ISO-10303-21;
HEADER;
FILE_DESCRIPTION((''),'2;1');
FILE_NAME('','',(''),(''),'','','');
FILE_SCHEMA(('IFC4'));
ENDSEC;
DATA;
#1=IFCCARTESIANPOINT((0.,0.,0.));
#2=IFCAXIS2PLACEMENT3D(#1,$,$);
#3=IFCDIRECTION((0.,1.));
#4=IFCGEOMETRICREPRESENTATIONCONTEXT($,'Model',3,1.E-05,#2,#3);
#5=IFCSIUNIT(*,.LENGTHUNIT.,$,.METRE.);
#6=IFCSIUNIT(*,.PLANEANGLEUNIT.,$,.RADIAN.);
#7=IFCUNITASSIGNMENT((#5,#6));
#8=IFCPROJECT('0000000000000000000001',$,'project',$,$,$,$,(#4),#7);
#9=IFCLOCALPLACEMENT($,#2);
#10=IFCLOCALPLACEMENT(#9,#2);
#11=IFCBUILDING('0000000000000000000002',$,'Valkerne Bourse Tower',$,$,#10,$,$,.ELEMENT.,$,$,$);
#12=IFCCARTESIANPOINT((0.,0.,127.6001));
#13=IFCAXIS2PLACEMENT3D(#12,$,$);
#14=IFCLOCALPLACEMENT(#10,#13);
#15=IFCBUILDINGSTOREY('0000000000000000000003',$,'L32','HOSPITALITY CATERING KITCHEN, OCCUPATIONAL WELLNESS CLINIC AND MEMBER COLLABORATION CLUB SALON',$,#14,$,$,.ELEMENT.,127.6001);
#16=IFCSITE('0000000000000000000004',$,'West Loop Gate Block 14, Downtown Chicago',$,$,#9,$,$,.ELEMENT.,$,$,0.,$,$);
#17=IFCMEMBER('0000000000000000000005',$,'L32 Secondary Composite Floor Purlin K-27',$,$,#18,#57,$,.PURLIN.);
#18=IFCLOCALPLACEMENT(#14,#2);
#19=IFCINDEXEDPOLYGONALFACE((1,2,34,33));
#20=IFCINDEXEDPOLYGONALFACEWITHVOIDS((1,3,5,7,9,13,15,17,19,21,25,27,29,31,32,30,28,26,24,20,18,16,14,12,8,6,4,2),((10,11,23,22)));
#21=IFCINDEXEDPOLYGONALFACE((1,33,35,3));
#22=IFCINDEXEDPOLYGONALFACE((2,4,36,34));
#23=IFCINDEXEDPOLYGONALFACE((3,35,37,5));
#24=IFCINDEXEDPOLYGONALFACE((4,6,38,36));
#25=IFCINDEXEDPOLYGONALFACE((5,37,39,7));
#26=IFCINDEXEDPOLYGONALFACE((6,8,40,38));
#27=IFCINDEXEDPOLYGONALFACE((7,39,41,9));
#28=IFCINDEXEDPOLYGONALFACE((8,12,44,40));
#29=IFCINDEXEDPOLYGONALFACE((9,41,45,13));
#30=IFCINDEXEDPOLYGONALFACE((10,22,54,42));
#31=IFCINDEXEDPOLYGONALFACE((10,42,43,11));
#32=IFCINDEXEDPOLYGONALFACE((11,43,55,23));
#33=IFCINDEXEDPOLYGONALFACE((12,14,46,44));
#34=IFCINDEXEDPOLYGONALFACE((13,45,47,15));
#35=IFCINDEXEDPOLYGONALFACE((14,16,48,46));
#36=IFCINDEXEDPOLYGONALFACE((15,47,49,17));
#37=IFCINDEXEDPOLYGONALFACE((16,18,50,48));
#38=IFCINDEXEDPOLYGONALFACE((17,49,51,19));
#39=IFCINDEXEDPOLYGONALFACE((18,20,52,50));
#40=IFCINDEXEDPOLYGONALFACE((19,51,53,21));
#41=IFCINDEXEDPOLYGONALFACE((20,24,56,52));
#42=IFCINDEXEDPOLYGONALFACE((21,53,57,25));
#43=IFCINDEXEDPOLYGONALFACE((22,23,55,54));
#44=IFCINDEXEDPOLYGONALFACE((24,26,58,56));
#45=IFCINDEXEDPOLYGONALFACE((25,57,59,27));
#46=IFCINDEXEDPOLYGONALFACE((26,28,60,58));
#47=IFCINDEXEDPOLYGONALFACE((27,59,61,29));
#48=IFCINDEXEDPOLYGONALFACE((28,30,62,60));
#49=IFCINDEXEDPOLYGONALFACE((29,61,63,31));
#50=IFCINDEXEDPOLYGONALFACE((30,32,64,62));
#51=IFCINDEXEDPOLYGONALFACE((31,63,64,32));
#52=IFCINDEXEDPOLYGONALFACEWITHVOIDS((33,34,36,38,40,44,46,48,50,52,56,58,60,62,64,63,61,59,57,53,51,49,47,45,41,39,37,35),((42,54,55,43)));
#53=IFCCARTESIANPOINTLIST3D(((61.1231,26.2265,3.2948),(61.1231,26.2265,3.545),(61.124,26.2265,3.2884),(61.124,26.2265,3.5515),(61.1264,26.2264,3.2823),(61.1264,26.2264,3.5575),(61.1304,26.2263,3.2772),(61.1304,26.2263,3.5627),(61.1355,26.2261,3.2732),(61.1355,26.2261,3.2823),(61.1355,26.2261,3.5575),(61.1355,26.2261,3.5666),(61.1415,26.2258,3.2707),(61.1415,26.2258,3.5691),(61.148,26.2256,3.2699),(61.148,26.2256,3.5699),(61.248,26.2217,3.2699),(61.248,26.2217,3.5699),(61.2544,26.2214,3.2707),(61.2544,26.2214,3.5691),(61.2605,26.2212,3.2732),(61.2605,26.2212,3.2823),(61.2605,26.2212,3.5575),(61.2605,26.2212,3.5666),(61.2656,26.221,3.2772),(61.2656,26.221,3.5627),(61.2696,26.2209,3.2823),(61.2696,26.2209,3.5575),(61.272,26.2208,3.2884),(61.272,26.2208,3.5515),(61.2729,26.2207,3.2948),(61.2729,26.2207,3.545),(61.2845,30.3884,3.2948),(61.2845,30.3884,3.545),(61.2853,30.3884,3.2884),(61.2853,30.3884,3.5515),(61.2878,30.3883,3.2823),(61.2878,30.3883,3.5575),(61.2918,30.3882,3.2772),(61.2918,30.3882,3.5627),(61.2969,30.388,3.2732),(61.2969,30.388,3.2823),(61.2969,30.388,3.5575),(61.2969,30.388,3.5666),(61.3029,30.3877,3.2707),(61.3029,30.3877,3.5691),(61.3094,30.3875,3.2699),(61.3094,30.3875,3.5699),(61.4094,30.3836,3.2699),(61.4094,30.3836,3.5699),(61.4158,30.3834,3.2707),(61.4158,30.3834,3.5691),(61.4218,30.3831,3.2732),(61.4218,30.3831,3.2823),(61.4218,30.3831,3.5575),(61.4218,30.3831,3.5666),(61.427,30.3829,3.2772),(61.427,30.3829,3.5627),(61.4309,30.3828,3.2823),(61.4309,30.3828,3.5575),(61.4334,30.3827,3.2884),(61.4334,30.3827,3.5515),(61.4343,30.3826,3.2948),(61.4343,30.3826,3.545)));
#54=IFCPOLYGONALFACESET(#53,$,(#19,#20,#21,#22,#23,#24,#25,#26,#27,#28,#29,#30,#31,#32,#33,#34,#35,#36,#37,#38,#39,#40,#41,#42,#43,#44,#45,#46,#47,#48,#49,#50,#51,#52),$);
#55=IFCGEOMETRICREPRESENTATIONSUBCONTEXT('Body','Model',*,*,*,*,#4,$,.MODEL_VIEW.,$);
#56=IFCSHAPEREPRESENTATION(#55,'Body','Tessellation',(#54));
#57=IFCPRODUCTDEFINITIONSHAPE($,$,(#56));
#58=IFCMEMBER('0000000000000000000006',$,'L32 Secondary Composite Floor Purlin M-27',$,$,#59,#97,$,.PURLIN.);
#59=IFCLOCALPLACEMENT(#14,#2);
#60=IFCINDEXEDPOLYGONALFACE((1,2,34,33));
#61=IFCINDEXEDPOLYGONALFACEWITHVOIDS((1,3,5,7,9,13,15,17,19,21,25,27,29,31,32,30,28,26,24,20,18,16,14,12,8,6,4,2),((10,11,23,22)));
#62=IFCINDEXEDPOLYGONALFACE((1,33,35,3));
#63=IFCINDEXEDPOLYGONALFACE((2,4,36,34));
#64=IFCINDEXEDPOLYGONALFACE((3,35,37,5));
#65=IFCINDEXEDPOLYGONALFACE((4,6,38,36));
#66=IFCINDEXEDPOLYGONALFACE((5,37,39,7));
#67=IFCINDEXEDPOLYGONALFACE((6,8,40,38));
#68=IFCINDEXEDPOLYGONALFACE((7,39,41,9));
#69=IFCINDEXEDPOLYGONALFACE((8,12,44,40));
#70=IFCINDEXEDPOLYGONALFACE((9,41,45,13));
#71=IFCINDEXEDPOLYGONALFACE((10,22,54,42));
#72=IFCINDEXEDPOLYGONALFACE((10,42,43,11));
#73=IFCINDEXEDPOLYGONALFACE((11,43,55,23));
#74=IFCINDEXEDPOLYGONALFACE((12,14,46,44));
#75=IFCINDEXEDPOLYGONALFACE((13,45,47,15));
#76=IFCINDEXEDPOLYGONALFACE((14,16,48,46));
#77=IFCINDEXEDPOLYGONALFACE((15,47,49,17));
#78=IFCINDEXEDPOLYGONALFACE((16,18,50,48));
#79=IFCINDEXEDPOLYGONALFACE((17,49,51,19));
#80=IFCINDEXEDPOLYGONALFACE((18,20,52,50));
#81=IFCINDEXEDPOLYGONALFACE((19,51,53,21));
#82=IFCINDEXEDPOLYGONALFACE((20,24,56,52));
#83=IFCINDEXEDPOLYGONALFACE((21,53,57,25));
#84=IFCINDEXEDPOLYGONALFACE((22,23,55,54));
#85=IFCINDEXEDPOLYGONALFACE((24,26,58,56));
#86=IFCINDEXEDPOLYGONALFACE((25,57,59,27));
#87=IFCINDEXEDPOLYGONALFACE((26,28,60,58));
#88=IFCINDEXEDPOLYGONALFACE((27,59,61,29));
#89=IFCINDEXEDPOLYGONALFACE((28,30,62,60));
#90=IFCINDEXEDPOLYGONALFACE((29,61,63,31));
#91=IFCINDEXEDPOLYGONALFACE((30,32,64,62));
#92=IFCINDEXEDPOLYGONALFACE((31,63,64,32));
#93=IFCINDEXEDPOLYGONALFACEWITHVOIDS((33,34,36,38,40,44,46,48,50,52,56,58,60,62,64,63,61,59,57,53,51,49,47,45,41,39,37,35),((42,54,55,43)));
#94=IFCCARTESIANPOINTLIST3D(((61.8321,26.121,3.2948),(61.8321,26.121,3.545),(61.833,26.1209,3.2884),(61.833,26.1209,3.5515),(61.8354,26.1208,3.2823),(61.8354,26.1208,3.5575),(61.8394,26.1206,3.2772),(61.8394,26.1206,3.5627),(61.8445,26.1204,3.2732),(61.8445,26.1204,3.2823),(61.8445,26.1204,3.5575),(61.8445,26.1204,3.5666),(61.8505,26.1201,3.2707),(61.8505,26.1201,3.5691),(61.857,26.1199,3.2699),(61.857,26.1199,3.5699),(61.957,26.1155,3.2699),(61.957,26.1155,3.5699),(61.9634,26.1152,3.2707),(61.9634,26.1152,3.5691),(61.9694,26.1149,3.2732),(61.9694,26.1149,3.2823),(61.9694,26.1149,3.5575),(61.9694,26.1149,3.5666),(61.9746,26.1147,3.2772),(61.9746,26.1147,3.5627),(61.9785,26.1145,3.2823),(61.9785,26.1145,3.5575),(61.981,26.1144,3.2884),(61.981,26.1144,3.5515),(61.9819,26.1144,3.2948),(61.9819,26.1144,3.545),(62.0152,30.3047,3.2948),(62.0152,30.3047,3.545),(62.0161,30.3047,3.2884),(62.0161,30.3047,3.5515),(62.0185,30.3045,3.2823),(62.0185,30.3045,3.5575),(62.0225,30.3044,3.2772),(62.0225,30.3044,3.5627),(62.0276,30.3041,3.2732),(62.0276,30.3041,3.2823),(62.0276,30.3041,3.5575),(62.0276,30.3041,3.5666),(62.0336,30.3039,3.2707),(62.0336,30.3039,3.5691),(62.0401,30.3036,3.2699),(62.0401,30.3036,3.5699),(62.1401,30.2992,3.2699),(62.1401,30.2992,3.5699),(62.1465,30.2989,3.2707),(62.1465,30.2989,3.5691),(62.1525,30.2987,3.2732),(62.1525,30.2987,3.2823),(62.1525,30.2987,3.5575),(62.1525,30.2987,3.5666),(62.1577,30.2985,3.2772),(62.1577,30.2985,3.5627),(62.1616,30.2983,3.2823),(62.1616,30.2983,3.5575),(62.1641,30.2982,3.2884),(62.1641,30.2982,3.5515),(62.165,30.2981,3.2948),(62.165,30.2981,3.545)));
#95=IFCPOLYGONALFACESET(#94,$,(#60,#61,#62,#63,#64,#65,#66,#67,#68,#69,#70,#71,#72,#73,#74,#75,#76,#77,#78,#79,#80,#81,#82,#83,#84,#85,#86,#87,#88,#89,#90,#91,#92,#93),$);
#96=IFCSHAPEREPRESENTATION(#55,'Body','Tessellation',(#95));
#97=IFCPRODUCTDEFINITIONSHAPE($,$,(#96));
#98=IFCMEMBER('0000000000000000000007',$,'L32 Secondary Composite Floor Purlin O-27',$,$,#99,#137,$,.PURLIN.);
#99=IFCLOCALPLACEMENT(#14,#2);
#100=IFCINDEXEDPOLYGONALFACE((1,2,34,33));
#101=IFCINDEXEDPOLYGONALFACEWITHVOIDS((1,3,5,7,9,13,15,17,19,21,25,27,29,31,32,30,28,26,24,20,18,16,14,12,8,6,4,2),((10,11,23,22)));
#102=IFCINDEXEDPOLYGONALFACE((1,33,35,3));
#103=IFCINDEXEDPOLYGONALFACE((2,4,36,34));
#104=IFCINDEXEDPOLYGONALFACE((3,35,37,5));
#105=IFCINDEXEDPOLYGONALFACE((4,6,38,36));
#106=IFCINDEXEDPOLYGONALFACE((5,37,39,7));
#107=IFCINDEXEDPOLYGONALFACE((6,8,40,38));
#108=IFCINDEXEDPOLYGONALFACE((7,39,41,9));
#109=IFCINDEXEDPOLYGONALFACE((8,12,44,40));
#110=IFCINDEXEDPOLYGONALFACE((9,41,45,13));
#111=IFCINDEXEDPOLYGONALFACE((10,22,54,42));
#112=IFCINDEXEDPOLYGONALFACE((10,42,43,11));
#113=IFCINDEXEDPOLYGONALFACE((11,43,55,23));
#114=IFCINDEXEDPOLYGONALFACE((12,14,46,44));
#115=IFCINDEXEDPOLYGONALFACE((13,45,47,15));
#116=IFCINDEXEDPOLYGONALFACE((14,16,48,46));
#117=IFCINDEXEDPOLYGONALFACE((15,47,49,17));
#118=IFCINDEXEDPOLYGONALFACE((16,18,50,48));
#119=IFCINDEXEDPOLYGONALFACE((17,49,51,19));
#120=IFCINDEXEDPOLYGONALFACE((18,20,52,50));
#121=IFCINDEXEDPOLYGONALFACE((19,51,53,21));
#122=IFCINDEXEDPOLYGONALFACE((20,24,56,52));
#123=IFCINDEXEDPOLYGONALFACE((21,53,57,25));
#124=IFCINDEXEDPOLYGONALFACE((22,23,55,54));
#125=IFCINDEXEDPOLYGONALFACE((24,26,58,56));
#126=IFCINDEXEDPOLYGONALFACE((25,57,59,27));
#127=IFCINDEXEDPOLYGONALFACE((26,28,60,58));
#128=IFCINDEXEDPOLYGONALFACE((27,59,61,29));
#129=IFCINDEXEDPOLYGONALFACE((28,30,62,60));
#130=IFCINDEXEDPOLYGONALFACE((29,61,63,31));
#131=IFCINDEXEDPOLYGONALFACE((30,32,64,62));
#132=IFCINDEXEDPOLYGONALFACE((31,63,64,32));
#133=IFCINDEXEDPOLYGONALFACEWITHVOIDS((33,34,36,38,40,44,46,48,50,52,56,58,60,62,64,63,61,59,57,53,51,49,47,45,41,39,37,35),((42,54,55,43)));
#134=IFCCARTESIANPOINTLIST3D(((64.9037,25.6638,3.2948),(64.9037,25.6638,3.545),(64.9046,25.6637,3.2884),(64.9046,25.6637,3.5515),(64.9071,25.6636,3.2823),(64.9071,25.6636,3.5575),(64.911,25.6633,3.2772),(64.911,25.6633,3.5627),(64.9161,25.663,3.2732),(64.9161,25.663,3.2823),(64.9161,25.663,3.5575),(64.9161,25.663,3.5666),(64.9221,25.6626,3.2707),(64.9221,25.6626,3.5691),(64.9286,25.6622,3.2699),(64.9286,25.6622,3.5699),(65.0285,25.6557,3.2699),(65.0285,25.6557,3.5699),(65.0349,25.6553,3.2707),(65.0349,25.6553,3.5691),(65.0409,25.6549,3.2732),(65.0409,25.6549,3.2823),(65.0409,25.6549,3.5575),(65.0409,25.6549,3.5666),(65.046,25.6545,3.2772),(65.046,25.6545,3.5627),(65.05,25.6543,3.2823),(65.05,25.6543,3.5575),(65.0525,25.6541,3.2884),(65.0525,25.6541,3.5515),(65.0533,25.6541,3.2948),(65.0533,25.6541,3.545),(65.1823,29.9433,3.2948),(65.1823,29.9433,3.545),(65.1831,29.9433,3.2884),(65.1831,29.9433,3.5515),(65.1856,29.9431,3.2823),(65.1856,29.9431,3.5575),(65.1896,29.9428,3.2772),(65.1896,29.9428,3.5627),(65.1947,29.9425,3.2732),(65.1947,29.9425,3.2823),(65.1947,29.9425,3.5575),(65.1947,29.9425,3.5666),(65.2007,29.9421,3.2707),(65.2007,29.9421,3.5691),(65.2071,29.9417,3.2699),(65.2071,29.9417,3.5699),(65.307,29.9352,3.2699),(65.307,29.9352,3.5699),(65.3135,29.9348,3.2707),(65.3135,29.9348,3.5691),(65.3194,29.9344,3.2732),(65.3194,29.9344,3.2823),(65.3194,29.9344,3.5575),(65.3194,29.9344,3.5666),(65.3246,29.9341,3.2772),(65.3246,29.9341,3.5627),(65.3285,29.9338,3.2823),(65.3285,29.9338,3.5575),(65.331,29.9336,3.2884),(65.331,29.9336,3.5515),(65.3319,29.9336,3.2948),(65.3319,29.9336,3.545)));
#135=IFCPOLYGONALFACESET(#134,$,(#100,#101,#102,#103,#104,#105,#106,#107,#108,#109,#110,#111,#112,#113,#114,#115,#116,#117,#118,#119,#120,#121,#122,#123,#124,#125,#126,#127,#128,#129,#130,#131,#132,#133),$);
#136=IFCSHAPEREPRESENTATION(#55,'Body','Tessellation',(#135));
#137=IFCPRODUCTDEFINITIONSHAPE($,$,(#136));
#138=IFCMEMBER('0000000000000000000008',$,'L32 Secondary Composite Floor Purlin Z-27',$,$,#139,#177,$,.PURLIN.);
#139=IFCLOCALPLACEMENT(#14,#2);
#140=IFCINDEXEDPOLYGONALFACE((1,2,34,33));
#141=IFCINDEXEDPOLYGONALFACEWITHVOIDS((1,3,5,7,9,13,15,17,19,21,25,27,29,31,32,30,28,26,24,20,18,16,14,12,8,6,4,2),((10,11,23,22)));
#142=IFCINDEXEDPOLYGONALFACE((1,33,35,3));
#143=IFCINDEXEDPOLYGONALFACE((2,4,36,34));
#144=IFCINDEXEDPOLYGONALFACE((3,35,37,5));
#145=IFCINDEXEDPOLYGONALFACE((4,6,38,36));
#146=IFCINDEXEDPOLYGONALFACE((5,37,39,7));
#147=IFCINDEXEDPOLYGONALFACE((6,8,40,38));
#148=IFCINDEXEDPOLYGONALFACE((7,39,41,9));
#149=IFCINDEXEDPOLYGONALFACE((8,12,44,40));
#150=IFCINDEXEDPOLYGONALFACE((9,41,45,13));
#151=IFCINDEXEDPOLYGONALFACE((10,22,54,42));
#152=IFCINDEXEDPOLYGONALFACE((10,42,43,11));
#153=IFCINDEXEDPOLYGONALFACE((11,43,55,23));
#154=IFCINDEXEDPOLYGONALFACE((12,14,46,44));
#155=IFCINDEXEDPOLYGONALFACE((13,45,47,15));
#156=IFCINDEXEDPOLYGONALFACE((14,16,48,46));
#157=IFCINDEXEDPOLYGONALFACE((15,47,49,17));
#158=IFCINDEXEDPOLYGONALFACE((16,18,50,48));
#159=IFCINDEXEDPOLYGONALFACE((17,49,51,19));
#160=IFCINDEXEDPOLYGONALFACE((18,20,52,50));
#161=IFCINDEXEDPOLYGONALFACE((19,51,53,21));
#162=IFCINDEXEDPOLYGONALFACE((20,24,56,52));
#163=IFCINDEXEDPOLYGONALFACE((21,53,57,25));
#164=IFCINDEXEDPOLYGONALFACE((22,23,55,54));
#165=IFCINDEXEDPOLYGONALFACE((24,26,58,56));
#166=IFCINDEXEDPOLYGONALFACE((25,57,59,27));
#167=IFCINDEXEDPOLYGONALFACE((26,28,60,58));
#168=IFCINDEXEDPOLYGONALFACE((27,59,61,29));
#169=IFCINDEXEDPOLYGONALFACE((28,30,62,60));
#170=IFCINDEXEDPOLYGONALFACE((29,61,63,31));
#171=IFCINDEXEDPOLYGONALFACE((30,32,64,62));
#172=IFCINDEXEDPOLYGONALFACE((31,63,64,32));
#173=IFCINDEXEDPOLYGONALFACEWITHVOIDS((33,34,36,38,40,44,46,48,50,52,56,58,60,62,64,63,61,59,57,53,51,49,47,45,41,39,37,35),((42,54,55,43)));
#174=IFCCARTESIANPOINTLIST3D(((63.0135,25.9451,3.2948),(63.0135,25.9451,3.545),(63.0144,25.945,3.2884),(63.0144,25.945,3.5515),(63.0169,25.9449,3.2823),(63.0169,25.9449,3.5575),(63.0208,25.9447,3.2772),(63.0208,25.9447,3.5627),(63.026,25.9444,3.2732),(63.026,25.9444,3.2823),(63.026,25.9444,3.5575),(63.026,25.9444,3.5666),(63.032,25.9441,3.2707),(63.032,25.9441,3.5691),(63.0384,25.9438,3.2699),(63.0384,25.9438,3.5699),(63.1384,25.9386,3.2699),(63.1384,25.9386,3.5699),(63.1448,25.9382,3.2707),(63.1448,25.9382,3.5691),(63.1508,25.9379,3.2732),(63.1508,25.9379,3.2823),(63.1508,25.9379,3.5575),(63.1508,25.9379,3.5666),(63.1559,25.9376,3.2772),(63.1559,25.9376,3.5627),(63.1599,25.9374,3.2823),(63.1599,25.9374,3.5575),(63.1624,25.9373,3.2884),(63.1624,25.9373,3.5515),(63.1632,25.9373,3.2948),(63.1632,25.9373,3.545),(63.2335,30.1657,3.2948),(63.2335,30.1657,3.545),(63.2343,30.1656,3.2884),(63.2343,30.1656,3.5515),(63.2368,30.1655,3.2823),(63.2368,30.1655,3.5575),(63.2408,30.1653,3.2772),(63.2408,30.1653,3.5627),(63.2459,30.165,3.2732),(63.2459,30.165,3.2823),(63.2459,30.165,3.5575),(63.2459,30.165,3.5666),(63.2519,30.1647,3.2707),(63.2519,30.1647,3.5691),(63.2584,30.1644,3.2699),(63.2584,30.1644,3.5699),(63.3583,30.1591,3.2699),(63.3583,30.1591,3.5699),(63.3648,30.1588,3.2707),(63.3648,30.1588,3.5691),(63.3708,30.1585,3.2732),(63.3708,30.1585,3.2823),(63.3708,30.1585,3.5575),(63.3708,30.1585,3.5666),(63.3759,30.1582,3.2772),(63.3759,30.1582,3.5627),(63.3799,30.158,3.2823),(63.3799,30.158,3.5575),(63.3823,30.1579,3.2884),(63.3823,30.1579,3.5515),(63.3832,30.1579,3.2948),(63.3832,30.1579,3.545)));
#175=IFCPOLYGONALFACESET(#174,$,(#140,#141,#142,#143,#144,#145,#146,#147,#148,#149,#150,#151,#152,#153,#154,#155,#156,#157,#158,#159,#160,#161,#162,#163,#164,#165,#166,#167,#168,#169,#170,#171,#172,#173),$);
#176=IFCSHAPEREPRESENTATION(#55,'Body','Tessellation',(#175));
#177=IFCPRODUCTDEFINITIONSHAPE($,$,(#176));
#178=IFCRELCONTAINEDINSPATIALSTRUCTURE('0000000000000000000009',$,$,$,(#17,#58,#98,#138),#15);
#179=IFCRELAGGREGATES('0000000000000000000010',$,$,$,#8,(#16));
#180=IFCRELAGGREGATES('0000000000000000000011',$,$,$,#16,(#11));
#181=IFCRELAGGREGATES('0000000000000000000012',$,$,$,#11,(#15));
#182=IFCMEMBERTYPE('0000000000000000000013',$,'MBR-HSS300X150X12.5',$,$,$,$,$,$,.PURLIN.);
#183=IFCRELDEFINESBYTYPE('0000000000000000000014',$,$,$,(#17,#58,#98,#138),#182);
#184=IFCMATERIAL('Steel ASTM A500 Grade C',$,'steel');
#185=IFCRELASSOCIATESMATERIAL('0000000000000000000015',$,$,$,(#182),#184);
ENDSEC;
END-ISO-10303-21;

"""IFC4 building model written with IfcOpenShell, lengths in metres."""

from ifc_helpers import new_model, si_unit, direction, frame, origin, origin_2d, place, context, subcontext, project, spatial, hollow_rectangle, extrude, material, material_profile, profile_set, type_object, element, save


model = new_model("IFC4")

# Units and contexts
model_context = context("Model", 3, precision=1e-05, world=origin(), true_north=direction((0.0, 1.0)))
body_context = subcontext(model_context, "Body", "Model", "MODEL_VIEW")
ifc_project = project(units=[si_unit("LENGTHUNIT", "METRE"), si_unit("PLANEANGLEUNIT", "RADIAN")], contexts=[model_context])

# Site, building, storey
site_placement = place(None, origin())
site = spatial("IfcSite", under=ifc_project, at=site_placement, Name="West Loop Gate Block 14, Downtown Chicago", CompositionType="ELEMENT", RefElevation=0.0)
building_placement = place(site_placement, origin())
building = spatial("IfcBuilding", under=site, at=building_placement, Name="Valkerne Bourse Tower", CompositionType="ELEMENT")
storey_placement = place(building_placement, frame((0.0, 0.0, 127.6001)))
storey = spatial("IfcBuildingStorey", under=building, at=storey_placement, Name="L32", Description="HOSPITALITY CATERING KITCHEN, OCCUPATIONAL WELLNESS CLINIC AND MEMBER COLLABORATION CLUB SALON", CompositionType="ELEMENT", Elevation=127.6001)

# Members
ifc_material_1 = material(Name="Steel ASTM A500 Grade C", Category="steel")
ifc_material_profile_1 = material_profile(ifc_material_1, hollow_rectangle(XDim=0.1499, YDim=0.3, WallThickness=0.0125, OuterFilletRadius=0.0249, at=origin_2d()), Name="HSS300X150X12.5")
ifc_profile_set_1 = profile_set([ifc_material_profile_1], Name="Steel ASTM A500 Grade C")
member_type_1 = type_object("IfcMemberType", Name="MBR-HSS300X150X12.5", PredefinedType="PURLIN", material=ifc_profile_set_1)
member_1_placement = place(storey_placement, frame((61.198, 26.2236, 3.4199), z_axis=(0.038746, 0.999249, 0.0), x_axis=(-0.999249, 0.038746, 0.0)))
element("IfcMember", 1, at=member_1_placement, inside=storey, type_object=member_type_1, Name="L32 Secondary Composite Floor Purlin K-27", PredefinedType="PURLIN", context=body_context, shape_type="SweptSolid", body=[
    extrude(hollow_rectangle(XDim=0.1499, YDim=0.3, WallThickness=0.0125, OuterFilletRadius=0.0249, at=origin_2d()), origin(), (0.0, 0.0, 1.0), 4.165),
])
member_2_placement = place(storey_placement, frame((61.907, 26.1177, 3.4199), z_axis=(0.043723, 0.999044, 0.0), x_axis=(-0.999044, 0.043723, 0.0)))
element("IfcMember", 2, at=member_2_placement, inside=storey, type_object=member_type_1, Name="L32 Secondary Composite Floor Purlin M-27", PredefinedType="PURLIN", context=body_context, shape_type="SweptSolid", body=[
    extrude(hollow_rectangle(XDim=0.1499, YDim=0.3, WallThickness=0.0125, OuterFilletRadius=0.0249, at=origin_2d()), origin(), (0.0, 0.0, 1.0), 4.1877),
])
member_3_placement = place(storey_placement, frame((64.9785, 25.6589, 3.4199), z_axis=(0.064955, 0.997888, 0.0), x_axis=(-0.997888, 0.064955, 0.0)))
element("IfcMember", 3, at=member_3_placement, inside=storey, type_object=member_type_1, Name="L32 Secondary Composite Floor Purlin O-27", PredefinedType="PURLIN", context=body_context, shape_type="SweptSolid", body=[
    extrude(hollow_rectangle(XDim=0.1499, YDim=0.3, WallThickness=0.0125, OuterFilletRadius=0.0249, at=origin_2d()), origin(), (0.0, 0.0, 1.0), 4.2886),
])
member_4_placement = place(storey_placement, frame((63.0884, 25.9412, 3.4199), z_axis=(0.052046, 0.998645, 0.0), x_axis=(-0.998645, 0.052046, 0.0)))
element("IfcMember", 4, at=member_4_placement, inside=storey, type_object=member_type_1, Name="L32 Secondary Composite Floor Purlin Z-27", PredefinedType="PURLIN", context=body_context, shape_type="SweptSolid", body=[
    extrude(hollow_rectangle(XDim=0.1499, YDim=0.3, WallThickness=0.0125, OuterFilletRadius=0.0249, at=origin_2d()), origin(), (0.0, 0.0, 1.0), 4.2263),
])

save(model, "model.ifc")
